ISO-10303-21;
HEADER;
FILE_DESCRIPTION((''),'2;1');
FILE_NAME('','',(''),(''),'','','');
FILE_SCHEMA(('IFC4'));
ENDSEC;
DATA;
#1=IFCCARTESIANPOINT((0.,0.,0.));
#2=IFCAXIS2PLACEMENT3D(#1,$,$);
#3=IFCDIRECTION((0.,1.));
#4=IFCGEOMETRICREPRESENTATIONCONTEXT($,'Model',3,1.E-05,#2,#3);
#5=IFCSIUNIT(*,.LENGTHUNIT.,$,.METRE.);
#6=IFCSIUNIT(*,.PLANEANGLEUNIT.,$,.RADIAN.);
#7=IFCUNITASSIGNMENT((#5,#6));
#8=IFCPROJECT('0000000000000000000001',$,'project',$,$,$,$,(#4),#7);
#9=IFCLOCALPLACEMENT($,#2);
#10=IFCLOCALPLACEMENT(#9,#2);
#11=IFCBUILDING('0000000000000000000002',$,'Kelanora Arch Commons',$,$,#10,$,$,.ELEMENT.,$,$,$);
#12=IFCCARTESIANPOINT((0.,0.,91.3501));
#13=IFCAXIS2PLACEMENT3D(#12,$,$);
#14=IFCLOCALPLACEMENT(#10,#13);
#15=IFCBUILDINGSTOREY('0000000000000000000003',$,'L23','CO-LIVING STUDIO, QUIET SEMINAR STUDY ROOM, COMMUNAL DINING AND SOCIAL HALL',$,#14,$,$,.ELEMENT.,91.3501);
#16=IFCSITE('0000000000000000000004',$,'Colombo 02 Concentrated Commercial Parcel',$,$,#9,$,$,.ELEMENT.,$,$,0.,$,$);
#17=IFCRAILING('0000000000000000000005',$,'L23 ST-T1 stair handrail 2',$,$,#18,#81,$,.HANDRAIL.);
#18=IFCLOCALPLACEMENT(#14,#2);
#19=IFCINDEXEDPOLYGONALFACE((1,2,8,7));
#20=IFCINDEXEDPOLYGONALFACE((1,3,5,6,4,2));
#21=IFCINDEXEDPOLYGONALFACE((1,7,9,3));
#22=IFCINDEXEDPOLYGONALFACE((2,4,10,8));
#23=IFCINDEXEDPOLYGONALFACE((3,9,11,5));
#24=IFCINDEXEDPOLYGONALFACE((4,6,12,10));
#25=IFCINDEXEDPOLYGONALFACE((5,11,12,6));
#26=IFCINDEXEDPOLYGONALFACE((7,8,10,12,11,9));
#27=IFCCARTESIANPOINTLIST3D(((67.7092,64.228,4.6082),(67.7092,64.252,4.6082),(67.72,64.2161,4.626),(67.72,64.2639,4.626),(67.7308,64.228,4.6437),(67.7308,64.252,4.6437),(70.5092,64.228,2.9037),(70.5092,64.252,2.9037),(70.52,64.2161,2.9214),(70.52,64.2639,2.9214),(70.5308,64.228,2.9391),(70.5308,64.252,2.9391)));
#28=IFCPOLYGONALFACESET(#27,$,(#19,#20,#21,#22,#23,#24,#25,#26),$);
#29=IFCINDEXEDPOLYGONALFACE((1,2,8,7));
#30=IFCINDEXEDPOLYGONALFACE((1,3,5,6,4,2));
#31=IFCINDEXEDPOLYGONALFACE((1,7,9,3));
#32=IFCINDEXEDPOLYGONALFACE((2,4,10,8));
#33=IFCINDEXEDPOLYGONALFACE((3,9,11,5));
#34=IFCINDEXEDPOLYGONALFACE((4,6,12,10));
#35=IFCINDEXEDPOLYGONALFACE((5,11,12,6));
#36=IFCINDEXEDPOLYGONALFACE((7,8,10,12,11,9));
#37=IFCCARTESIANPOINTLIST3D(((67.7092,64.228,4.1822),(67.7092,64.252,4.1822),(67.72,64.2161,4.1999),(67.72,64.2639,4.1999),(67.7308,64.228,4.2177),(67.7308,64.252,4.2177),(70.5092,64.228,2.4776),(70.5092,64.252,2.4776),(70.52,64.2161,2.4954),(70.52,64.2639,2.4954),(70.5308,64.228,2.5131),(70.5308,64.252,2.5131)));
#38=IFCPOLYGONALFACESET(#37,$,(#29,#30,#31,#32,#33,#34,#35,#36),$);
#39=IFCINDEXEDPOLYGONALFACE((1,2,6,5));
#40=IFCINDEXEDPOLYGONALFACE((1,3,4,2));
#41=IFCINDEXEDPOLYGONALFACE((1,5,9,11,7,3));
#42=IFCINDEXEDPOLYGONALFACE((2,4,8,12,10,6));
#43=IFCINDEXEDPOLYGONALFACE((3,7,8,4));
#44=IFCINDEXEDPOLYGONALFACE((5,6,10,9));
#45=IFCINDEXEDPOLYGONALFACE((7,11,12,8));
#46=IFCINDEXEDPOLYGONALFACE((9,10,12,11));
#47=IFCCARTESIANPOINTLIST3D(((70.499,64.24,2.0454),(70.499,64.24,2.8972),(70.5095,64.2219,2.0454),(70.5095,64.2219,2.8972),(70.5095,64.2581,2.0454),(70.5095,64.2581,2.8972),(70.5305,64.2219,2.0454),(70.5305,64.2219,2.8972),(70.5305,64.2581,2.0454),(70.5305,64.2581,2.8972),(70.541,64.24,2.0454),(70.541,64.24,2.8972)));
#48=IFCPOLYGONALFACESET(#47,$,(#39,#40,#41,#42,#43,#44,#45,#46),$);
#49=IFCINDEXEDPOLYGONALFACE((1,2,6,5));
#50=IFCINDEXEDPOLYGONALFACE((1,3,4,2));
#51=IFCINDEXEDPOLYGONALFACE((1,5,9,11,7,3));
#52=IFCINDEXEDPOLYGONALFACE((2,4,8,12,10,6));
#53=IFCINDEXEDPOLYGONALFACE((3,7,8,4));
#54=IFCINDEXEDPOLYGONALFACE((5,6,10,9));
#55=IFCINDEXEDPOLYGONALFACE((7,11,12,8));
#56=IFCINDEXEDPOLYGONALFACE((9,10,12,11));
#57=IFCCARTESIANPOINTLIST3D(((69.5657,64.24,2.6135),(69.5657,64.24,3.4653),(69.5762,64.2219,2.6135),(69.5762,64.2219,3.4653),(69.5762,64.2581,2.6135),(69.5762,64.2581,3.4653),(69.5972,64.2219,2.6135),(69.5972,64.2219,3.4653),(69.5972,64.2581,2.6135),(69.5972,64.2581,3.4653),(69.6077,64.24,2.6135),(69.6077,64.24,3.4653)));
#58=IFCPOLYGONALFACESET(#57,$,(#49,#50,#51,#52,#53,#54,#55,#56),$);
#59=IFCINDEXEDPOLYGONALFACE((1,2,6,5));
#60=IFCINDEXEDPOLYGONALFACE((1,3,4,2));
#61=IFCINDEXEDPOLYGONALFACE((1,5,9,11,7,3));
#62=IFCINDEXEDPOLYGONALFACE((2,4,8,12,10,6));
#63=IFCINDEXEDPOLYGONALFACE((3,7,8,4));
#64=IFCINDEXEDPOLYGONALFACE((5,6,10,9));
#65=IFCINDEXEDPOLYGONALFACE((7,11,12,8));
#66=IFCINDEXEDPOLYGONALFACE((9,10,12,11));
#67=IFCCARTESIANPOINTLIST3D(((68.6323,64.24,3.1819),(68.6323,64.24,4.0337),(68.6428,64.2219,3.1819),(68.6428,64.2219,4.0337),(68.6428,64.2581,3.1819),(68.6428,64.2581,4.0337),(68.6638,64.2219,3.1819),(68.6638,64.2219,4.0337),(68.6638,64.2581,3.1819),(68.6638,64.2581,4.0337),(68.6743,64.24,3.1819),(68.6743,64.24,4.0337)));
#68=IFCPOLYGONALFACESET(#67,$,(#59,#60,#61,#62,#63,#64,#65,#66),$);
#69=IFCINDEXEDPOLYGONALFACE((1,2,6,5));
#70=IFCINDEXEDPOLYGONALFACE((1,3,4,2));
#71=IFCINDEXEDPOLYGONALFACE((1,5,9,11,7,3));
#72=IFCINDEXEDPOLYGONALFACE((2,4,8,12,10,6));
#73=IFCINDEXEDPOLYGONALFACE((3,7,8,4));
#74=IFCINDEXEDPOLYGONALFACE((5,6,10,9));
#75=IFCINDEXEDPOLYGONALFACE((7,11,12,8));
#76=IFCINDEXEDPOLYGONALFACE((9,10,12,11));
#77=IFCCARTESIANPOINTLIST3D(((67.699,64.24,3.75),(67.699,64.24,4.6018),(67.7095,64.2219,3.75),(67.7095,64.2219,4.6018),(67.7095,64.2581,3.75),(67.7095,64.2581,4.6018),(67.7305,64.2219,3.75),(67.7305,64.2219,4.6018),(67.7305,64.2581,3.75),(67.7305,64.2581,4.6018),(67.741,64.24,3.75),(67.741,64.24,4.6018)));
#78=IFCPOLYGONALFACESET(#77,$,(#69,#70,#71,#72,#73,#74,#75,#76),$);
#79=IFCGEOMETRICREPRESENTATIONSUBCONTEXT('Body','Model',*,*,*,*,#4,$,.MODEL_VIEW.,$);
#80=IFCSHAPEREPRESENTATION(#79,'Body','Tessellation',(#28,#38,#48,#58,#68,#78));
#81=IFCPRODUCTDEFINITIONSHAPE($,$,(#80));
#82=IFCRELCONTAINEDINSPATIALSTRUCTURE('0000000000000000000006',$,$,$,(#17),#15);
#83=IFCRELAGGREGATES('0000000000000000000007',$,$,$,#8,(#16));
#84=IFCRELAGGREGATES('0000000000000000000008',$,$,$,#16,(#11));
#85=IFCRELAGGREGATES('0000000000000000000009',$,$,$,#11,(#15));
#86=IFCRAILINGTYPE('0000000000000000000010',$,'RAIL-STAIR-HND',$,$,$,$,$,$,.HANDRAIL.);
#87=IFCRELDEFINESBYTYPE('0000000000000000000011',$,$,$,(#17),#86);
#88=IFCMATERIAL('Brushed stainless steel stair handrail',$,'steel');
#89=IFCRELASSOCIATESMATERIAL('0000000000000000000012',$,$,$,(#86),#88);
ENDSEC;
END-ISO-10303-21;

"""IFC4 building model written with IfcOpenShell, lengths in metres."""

from ifc_helpers import new_model, si_unit, direction, frame, origin, place, context, subcontext, project, spatial, polyline, outline, extrude, material, type_object, element, save


model = new_model("IFC4")

# Units and contexts
model_context = context("Model", 3, precision=1e-05, world=origin(), true_north=direction((0.0, 1.0)))
body_context = subcontext(model_context, "Body", "Model", "MODEL_VIEW")
ifc_project = project(units=[si_unit("LENGTHUNIT", "METRE"), si_unit("PLANEANGLEUNIT", "RADIAN")], contexts=[model_context])

# Site, building, storey
site_placement = place(None, origin())
site = spatial("IfcSite", under=ifc_project, at=site_placement, Name="Colombo 02 Concentrated Commercial Parcel", CompositionType="ELEMENT", RefElevation=0.0)
building_placement = place(site_placement, origin())
building = spatial("IfcBuilding", under=site, at=building_placement, Name="Kelanora Arch Commons", CompositionType="ELEMENT")
storey_placement = place(building_placement, frame((0.0, 0.0, 91.3501)))
storey = spatial("IfcBuildingStorey", under=building, at=storey_placement, Name="L23", Description="CO-LIVING STUDIO, QUIET SEMINAR STUDY ROOM, COMMUNAL DINING AND SOCIAL HALL", CompositionType="ELEMENT", Elevation=91.3501)

# Railing
ifc_material_1 = material(Name="Brushed stainless steel stair handrail", Category="steel")
railing_type_1 = type_object("IfcRailingType", Name="RAIL-STAIR-HND", PredefinedType="HANDRAIL", material=ifc_material_1)
railing_1_placement = place(storey_placement, frame((70.52, 64.24, 2.0454)))
element("IfcRailing", 1, at=railing_1_placement, inside=storey, type_object=railing_type_1, Name="L23 ST-T1 stair handrail 2", PredefinedType="HANDRAIL", context=body_context, shape_type="SweptSolid", body=[
    extrude(outline(polyline([(0.0239, 0.0), (0.012, 0.0208), (-0.012, 0.0208), (-0.0239, 0.0), (-0.012, -0.0208), (0.012, -0.0208), (0.0239, 0.0)])), frame((0.0, 0.0, 0.876), z_axis=(-0.85417, 0.0, 0.519994), x_axis=(0.0, -1.0, 0.0)), (0.0, 0.0, 1.0), 3.2781),
    extrude(outline(polyline([(0.0239, 0.0), (0.012, 0.0208), (-0.012, 0.0208), (-0.0239, 0.0), (-0.012, -0.0208), (0.012, -0.0208), (0.0239, 0.0)])), frame((0.0, 0.0, 0.45), z_axis=(-0.85417, 0.0, 0.519994), x_axis=(0.0, -1.0, 0.0)), (0.0, 0.0, 1.0), 3.2781),
    extrude(outline(polyline([(0.021, 0.0), (0.0105, 0.0181), (-0.0105, 0.0181), (-0.021, 0.0), (-0.0105, -0.0181), (0.0105, -0.0181), (0.021, 0.0)])), origin(), (0.0, 0.0, 1.0), 0.8518),
    extrude(outline(polyline([(0.021, 0.0), (0.0105, 0.0181), (-0.0105, 0.0181), (-0.021, 0.0), (-0.0105, -0.0181), (0.0105, -0.0181), (0.021, 0.0)])), frame((-0.9333, 0.0, 0.5681)), (0.0, 0.0, 1.0), 0.8518),
    extrude(outline(polyline([(0.021, 0.0), (0.0105, 0.0181), (-0.0105, 0.0181), (-0.021, 0.0), (-0.0105, -0.0181), (0.0105, -0.0181), (0.021, 0.0)])), frame((-1.8667, 0.0, 1.1365)), (0.0, 0.0, 1.0), 0.8518),
    extrude(outline(polyline([(0.021, 0.0), (0.0105, 0.0181), (-0.0105, 0.0181), (-0.021, 0.0), (-0.0105, -0.0181), (0.0105, -0.0181), (0.021, 0.0)])), frame((-2.8, 0.0, 1.7046)), (0.0, 0.0, 1.0), 0.8518),
])

save(model, "model.ifc")
